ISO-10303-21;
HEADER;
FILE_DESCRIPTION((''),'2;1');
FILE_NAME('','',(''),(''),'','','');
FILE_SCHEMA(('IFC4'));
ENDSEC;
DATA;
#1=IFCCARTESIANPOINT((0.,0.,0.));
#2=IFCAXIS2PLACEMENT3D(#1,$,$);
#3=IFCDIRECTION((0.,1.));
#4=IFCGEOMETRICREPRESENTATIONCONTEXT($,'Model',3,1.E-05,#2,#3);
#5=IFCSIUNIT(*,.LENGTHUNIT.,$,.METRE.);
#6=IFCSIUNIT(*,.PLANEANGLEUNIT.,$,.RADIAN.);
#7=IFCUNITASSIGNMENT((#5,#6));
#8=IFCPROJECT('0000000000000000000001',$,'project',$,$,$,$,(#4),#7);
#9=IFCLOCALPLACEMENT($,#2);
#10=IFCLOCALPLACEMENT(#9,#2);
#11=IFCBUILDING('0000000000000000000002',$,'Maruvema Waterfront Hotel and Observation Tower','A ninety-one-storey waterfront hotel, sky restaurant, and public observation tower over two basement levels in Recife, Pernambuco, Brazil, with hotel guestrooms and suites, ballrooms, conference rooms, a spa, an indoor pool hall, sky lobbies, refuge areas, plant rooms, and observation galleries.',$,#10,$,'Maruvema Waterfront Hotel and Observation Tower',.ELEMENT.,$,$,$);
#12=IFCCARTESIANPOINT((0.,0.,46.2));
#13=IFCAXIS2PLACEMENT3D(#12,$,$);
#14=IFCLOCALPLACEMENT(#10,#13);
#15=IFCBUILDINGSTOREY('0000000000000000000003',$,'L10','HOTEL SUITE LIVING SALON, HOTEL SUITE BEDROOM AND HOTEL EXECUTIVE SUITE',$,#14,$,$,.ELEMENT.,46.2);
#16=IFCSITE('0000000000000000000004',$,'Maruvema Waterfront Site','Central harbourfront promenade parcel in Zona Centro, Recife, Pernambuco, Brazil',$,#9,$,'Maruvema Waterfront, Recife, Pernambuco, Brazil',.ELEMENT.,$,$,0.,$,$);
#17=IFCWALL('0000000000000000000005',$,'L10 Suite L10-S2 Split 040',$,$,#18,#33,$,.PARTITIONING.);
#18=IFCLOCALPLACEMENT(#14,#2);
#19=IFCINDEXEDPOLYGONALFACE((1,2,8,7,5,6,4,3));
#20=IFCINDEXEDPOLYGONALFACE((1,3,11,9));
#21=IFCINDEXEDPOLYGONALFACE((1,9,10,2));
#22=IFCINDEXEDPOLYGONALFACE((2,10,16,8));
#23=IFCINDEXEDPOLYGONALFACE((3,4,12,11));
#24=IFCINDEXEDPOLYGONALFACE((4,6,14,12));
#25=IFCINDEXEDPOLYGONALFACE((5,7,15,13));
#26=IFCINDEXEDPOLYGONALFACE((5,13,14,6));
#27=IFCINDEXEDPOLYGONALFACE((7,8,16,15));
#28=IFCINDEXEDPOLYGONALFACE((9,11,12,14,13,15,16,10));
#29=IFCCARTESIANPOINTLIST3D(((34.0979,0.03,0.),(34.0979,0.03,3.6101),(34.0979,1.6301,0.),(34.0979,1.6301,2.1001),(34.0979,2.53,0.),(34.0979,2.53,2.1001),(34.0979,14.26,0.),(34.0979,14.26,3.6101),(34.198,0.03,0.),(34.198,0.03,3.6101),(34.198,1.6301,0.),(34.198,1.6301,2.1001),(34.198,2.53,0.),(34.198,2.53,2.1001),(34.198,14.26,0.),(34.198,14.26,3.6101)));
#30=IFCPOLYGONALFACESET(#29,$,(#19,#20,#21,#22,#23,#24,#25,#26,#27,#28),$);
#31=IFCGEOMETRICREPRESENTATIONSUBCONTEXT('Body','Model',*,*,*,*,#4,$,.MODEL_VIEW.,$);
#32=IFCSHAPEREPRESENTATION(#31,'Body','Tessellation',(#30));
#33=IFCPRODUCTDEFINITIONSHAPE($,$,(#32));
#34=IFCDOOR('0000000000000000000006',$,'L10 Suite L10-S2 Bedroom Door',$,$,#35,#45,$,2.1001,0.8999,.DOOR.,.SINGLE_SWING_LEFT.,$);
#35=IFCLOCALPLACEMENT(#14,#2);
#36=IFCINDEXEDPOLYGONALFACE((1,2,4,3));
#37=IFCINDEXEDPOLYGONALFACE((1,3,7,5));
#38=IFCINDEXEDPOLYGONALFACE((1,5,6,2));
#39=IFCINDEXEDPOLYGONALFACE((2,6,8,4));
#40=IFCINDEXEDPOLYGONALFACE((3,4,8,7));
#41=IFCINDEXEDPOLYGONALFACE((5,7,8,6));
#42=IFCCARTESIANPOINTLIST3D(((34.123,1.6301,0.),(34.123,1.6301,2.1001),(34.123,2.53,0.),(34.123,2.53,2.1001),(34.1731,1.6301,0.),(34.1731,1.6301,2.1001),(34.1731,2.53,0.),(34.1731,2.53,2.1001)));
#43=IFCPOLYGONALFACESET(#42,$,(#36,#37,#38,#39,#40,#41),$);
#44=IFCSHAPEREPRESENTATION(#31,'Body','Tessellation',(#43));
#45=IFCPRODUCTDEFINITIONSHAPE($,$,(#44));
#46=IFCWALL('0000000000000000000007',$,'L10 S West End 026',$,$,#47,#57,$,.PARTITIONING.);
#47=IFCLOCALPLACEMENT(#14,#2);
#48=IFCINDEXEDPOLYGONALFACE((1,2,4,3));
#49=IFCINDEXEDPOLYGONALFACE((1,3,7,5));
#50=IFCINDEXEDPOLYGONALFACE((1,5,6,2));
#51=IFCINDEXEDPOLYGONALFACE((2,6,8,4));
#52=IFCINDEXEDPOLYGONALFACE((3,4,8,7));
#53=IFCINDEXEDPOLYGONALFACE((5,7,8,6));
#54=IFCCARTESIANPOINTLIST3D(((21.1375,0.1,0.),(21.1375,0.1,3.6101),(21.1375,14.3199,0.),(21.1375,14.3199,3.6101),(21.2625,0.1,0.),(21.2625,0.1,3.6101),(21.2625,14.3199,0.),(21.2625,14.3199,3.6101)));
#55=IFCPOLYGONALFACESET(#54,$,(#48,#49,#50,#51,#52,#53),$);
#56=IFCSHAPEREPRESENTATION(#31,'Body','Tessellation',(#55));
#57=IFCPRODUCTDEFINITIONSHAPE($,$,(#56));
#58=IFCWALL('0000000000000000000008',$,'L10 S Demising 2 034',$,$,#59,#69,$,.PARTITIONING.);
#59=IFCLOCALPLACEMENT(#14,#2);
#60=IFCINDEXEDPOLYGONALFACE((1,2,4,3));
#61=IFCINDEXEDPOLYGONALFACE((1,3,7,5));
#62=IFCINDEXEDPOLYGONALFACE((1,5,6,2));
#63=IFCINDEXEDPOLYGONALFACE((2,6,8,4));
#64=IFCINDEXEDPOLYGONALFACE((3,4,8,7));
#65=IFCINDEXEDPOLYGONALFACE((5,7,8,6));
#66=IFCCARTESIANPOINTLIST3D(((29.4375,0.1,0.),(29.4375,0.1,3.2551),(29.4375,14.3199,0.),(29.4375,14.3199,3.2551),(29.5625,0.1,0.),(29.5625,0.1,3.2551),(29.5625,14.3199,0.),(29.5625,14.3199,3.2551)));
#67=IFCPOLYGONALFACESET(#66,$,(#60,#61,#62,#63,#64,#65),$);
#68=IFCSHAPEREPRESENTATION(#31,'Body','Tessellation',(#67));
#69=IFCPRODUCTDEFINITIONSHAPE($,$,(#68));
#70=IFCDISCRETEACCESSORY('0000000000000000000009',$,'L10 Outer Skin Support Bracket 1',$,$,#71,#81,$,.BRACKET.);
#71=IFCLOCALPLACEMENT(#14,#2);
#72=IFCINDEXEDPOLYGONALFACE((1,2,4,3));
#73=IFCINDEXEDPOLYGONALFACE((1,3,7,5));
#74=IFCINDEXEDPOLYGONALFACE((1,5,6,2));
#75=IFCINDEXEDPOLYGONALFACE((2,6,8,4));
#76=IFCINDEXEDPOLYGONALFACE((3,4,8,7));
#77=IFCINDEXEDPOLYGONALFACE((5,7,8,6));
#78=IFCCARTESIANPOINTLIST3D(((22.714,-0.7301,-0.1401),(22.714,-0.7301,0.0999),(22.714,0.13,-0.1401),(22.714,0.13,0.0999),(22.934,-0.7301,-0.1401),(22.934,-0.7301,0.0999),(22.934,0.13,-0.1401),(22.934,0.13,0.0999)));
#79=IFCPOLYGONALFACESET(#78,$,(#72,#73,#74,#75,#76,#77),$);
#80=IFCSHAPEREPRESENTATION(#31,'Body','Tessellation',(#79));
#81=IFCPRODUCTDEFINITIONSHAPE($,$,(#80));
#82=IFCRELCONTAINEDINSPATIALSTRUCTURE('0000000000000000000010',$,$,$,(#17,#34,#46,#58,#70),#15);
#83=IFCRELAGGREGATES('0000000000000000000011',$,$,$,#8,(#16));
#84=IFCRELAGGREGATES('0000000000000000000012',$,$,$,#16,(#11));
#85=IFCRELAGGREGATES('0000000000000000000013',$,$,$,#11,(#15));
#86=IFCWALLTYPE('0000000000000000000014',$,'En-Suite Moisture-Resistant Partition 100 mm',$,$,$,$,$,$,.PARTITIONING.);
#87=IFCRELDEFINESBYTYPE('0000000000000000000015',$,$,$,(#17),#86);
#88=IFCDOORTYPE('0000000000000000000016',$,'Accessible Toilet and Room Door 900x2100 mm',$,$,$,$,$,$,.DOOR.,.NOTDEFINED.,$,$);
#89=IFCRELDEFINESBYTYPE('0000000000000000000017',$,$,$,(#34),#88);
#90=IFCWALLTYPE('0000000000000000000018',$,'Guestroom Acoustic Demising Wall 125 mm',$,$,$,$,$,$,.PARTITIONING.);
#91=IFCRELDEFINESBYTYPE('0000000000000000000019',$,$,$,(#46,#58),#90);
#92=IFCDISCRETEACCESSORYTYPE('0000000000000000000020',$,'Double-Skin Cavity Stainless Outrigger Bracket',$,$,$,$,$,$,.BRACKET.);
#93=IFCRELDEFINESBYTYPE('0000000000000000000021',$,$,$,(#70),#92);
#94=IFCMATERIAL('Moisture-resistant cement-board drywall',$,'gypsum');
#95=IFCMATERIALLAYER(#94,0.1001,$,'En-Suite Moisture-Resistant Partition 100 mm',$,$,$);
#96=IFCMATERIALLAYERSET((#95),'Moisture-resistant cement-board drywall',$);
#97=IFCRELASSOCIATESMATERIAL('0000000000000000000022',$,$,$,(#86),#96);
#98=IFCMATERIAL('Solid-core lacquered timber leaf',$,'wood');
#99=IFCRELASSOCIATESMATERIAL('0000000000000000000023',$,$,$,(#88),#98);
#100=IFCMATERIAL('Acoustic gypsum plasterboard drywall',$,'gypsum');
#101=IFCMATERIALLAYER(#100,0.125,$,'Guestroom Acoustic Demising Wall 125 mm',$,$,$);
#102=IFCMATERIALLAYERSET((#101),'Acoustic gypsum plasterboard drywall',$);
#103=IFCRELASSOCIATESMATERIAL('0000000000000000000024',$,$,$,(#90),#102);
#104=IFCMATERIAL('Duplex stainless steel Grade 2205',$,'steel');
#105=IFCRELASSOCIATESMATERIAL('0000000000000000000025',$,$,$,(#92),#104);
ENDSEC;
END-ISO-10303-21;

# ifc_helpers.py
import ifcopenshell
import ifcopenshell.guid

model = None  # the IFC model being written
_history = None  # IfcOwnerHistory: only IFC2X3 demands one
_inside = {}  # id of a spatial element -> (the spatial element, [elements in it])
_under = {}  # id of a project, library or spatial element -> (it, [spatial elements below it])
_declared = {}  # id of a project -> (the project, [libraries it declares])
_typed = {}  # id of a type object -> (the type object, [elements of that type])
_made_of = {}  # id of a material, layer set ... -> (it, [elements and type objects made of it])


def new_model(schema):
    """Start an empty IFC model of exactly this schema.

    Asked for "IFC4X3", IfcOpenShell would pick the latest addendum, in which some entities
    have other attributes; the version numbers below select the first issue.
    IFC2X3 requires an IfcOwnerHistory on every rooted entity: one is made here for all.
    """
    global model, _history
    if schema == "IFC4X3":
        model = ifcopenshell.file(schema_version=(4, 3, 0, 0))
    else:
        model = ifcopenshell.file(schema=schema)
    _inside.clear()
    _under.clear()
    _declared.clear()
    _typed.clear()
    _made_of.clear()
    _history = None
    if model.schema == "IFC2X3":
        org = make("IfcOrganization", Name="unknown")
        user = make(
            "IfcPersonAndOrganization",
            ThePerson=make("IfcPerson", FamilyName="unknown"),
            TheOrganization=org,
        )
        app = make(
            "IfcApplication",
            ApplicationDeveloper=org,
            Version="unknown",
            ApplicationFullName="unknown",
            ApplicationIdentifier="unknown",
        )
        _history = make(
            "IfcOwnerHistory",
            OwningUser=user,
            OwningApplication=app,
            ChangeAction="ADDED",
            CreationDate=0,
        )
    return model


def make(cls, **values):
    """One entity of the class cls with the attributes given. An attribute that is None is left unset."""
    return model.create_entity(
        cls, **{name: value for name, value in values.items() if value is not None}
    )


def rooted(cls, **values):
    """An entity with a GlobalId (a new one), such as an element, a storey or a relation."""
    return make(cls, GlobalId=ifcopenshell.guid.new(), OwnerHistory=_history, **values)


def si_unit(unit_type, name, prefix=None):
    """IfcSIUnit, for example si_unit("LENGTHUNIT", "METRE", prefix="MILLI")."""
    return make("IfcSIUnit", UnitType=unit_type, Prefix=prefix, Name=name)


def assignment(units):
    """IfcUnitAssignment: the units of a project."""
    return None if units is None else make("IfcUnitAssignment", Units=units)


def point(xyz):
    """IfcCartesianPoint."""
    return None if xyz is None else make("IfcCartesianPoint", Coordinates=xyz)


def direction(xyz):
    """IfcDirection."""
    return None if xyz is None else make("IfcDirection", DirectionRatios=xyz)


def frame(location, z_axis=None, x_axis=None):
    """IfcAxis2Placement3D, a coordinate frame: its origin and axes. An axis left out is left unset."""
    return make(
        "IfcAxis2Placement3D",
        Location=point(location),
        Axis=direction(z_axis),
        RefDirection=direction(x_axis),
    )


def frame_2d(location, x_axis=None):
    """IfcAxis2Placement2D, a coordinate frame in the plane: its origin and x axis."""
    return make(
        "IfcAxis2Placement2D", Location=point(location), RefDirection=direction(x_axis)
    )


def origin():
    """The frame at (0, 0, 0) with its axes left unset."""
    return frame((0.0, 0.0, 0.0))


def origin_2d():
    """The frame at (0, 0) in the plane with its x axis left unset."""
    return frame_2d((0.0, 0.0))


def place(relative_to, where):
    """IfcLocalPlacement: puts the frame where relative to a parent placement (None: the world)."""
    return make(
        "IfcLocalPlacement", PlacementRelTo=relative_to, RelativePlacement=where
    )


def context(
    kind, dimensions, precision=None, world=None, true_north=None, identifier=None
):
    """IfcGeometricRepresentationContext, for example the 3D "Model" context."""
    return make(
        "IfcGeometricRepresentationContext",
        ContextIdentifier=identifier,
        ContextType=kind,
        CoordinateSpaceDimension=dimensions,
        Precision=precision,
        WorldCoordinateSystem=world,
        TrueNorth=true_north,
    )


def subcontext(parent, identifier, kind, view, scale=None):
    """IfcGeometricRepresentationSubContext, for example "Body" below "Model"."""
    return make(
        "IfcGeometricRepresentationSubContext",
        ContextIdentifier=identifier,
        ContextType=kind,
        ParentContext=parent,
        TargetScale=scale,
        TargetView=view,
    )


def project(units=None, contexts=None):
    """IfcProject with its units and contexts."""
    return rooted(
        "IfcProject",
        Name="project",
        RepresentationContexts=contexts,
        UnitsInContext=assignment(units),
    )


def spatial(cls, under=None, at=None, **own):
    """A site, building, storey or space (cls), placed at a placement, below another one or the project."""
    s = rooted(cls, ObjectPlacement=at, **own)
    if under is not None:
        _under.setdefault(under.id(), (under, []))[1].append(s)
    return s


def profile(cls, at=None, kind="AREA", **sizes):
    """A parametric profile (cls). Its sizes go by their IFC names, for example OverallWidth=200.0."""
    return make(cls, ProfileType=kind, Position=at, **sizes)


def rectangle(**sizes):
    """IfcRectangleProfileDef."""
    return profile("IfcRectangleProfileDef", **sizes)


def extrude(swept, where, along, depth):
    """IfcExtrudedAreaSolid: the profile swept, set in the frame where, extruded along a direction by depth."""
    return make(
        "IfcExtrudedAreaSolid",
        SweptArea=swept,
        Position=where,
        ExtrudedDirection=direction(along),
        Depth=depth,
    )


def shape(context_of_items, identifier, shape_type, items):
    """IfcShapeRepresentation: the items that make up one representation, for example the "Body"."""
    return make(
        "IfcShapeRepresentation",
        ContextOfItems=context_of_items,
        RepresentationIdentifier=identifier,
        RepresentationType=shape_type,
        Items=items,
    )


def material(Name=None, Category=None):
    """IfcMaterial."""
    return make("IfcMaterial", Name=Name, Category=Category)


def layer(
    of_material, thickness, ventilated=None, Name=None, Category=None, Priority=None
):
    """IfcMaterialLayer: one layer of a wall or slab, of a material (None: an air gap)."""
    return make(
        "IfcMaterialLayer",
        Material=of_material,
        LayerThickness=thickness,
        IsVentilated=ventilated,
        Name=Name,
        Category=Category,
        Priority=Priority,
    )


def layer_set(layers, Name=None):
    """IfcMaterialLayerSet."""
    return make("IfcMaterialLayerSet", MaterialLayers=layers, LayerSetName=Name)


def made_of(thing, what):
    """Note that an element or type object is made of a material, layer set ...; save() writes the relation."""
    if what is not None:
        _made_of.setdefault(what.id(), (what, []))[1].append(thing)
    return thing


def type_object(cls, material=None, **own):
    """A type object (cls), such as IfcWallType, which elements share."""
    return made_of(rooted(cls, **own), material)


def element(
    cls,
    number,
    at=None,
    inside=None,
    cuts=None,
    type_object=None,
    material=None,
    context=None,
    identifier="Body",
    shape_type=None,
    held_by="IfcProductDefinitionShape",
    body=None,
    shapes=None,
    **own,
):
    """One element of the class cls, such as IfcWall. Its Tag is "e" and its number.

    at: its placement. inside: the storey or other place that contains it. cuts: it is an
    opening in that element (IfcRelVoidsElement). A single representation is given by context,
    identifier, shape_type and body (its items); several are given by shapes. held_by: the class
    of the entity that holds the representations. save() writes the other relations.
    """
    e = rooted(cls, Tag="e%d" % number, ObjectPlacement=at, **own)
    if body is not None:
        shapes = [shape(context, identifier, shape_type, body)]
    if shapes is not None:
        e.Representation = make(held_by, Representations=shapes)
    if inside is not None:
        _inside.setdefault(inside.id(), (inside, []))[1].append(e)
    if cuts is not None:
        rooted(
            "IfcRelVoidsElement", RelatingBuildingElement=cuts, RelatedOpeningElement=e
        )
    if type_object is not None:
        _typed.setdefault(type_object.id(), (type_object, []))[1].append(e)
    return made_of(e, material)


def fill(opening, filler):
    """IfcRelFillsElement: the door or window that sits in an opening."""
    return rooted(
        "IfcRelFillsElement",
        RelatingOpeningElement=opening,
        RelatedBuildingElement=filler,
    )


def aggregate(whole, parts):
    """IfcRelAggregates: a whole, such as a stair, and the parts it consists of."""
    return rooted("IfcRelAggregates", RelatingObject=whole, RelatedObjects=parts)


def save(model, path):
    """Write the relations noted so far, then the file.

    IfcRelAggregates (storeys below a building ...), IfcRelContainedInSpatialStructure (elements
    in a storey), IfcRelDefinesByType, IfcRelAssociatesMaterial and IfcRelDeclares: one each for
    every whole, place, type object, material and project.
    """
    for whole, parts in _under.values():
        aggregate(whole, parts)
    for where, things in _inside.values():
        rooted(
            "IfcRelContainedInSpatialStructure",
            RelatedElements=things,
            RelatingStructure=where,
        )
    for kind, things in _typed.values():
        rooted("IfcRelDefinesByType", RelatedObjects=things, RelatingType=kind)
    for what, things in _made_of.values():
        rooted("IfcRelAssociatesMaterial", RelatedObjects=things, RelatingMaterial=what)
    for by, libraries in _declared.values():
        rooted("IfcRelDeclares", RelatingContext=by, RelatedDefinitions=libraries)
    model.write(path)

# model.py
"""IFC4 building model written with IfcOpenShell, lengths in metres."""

from ifc_helpers import new_model, si_unit, direction, frame, frame_2d, origin, origin_2d, place, context, subcontext, project, spatial, rectangle, extrude, material, layer, layer_set, type_object, element, fill, save


model = new_model("IFC4")

# Units and contexts
model_context = context("Model", 3, precision=1e-05, world=origin(), true_north=direction((0.0, 1.0)))
body_context = subcontext(model_context, "Body", "Model", "MODEL_VIEW")
ifc_project = project(units=[si_unit("LENGTHUNIT", "METRE"), si_unit("PLANEANGLEUNIT", "RADIAN")], contexts=[model_context])

# Site, building, storey
site_placement = place(None, origin())
site = spatial("IfcSite", under=ifc_project, at=site_placement, Name="Maruvema Waterfront Site", Description="Central harbourfront promenade parcel in Zona Centro, Recife, Pernambuco, Brazil", LongName="Maruvema Waterfront, Recife, Pernambuco, Brazil", CompositionType="ELEMENT", RefElevation=0.0)
building_placement = place(site_placement, origin())
building = spatial("IfcBuilding", under=site, at=building_placement, Name="Maruvema Waterfront Hotel and Observation Tower", Description="A ninety-one-storey waterfront hotel, sky restaurant, and public observation tower over two basement levels in Recife, Pernambuco, Brazil, with hotel guestrooms and suites, ballrooms, conference rooms, a spa, an indoor pool hall, sky lobbies, refuge areas, plant rooms, and observation galleries.", LongName="Maruvema Waterfront Hotel and Observation Tower", CompositionType="ELEMENT")
storey_placement = place(building_placement, frame((0.0, 0.0, 46.2)))
storey = spatial("IfcBuildingStorey", under=building, at=storey_placement, Name="L10", Description="HOTEL SUITE LIVING SALON, HOTEL SUITE BEDROOM AND HOTEL EXECUTIVE SUITE", CompositionType="ELEMENT", Elevation=46.2)

# Shared definitions
ifc_material_1 = material(Name="Moisture-resistant cement-board drywall", Category="gypsum")
ifc_layer_1 = layer(ifc_material_1, 0.1001, Name="En-Suite Moisture-Resistant Partition 100 mm")
ifc_layer_set_1 = layer_set([ifc_layer_1], Name="Moisture-resistant cement-board drywall")
wall_type_1 = type_object("IfcWallType", Name="En-Suite Moisture-Resistant Partition 100 mm", PredefinedType="PARTITIONING", material=ifc_layer_set_1)

# Wall, opening, door
ifc_material_2 = material(Name="Solid-core lacquered timber leaf", Category="wood")
door_type = type_object("IfcDoorType", Name="Accessible Toilet and Room Door 900x2100 mm", OperationType="NOTDEFINED", PredefinedType="DOOR", material=ifc_material_2)
wall_1_placement = place(storey_placement, frame((34.1479, 0.03, 0.0), z_axis=(0.0, 0.0, 1.0), x_axis=(0.0, 1.0, 0.0)))
wall_1 = element("IfcWall", 1, at=wall_1_placement, inside=storey, type_object=wall_type_1, Name="L10 Suite L10-S2 Split 040", PredefinedType="PARTITIONING", context=body_context, shape_type="SweptSolid", body=[
    extrude(rectangle(XDim=14.23, YDim=0.1001, at=frame_2d((7.115, 0.0))), origin(), (0.0, 0.0, 1.0), 3.6101),
])
opening_1_placement = place(wall_1_placement, frame((1.6001, 0.0, 0.0)))
opening_1 = element("IfcOpeningElement", 2, at=opening_1_placement, cuts=wall_1, PredefinedType="OPENING", context=body_context, shape_type="SweptSolid", body=[
    extrude(rectangle(XDim=0.8999, YDim=2.1001, at=frame_2d((0.45, 1.05))), frame((0.0, 0.0601, 0.0), z_axis=(0.0, -1.0, 0.0), x_axis=(1.0, 0.0, 0.0)), (0.0, 0.0, 1.0), 0.1201),
])
door_1_placement = place(opening_1_placement, origin())
door_1 = element("IfcDoor", 3, at=door_1_placement, inside=storey, type_object=door_type, Name="L10 Suite L10-S2 Bedroom Door", OperationType="SINGLE_SWING_LEFT", OverallHeight=2.1001, OverallWidth=0.8999, PredefinedType="DOOR", context=body_context, shape_type="SweptSolid", body=[
    extrude(rectangle(XDim=0.8999, YDim=2.1001, at=frame_2d((0.45, 1.05))), frame((0.0, 0.0249, 0.0), z_axis=(0.0, -1.0, 0.0), x_axis=(1.0, 0.0, 0.0)), (0.0, 0.0, 1.0), 0.05),
])
fill(opening_1, door_1)

# Walls
ifc_material_3 = material(Name="Acoustic gypsum plasterboard drywall", Category="gypsum")
ifc_layer_2 = layer(ifc_material_3, 0.125, Name="Guestroom Acoustic Demising Wall 125 mm")
ifc_layer_set_2 = layer_set([ifc_layer_2], Name="Acoustic gypsum plasterboard drywall")
wall_type_2 = type_object("IfcWallType", Name="Guestroom Acoustic Demising Wall 125 mm", PredefinedType="PARTITIONING", material=ifc_layer_set_2)
wall_2_placement = place(storey_placement, frame((21.2, 0.1001, 0.0), z_axis=(0.0, 0.0, 1.0), x_axis=(0.0, 1.0, 0.0)))
element("IfcWall", 4, at=wall_2_placement, inside=storey, type_object=wall_type_2, Name="L10 S West End 026", PredefinedType="PARTITIONING", context=body_context, shape_type="SweptSolid", body=[
    extrude(rectangle(XDim=14.22, YDim=0.125, at=frame_2d((7.1099, 0.0))), origin(), (0.0, 0.0, 1.0), 3.6101),
])
wall_3_placement = place(storey_placement, frame((29.5, 0.1001, 0.0), z_axis=(0.0, 0.0, 1.0), x_axis=(0.0, 1.0, 0.0)))
element("IfcWall", 5, at=wall_3_placement, inside=storey, type_object=wall_type_2, Name="L10 S Demising 2 034", PredefinedType="PARTITIONING", context=body_context, shape_type="SweptSolid", body=[
    extrude(rectangle(XDim=14.22, YDim=0.125, at=frame_2d((7.1099, 0.0))), origin(), (0.0, 0.0, 1.0), 3.2551),
])

# Discrete accessory
ifc_material_4 = material(Name="Duplex stainless steel Grade 2205", Category="steel")
discrete_accessory_type = type_object("IfcDiscreteAccessoryType", Name="Double-Skin Cavity Stainless Outrigger Bracket", PredefinedType="BRACKET", material=ifc_material_4)
discrete_accessory_placement = place(storey_placement, frame((22.824, -0.3, -0.1401), z_axis=(0.0, 0.0, 1.0), x_axis=(1.0, 0.0, 0.0)))
element("IfcDiscreteAccessory", 6, at=discrete_accessory_placement, inside=storey, type_object=discrete_accessory_type, Name="L10 Outer Skin Support Bracket 1", PredefinedType="BRACKET", context=body_context, shape_type="SweptSolid", body=[
    extrude(rectangle(XDim=0.22, YDim=0.8601, at=origin_2d()), origin(), (0.0, 0.0, 1.0), 0.24),
])

save(model, "model.ifc")
